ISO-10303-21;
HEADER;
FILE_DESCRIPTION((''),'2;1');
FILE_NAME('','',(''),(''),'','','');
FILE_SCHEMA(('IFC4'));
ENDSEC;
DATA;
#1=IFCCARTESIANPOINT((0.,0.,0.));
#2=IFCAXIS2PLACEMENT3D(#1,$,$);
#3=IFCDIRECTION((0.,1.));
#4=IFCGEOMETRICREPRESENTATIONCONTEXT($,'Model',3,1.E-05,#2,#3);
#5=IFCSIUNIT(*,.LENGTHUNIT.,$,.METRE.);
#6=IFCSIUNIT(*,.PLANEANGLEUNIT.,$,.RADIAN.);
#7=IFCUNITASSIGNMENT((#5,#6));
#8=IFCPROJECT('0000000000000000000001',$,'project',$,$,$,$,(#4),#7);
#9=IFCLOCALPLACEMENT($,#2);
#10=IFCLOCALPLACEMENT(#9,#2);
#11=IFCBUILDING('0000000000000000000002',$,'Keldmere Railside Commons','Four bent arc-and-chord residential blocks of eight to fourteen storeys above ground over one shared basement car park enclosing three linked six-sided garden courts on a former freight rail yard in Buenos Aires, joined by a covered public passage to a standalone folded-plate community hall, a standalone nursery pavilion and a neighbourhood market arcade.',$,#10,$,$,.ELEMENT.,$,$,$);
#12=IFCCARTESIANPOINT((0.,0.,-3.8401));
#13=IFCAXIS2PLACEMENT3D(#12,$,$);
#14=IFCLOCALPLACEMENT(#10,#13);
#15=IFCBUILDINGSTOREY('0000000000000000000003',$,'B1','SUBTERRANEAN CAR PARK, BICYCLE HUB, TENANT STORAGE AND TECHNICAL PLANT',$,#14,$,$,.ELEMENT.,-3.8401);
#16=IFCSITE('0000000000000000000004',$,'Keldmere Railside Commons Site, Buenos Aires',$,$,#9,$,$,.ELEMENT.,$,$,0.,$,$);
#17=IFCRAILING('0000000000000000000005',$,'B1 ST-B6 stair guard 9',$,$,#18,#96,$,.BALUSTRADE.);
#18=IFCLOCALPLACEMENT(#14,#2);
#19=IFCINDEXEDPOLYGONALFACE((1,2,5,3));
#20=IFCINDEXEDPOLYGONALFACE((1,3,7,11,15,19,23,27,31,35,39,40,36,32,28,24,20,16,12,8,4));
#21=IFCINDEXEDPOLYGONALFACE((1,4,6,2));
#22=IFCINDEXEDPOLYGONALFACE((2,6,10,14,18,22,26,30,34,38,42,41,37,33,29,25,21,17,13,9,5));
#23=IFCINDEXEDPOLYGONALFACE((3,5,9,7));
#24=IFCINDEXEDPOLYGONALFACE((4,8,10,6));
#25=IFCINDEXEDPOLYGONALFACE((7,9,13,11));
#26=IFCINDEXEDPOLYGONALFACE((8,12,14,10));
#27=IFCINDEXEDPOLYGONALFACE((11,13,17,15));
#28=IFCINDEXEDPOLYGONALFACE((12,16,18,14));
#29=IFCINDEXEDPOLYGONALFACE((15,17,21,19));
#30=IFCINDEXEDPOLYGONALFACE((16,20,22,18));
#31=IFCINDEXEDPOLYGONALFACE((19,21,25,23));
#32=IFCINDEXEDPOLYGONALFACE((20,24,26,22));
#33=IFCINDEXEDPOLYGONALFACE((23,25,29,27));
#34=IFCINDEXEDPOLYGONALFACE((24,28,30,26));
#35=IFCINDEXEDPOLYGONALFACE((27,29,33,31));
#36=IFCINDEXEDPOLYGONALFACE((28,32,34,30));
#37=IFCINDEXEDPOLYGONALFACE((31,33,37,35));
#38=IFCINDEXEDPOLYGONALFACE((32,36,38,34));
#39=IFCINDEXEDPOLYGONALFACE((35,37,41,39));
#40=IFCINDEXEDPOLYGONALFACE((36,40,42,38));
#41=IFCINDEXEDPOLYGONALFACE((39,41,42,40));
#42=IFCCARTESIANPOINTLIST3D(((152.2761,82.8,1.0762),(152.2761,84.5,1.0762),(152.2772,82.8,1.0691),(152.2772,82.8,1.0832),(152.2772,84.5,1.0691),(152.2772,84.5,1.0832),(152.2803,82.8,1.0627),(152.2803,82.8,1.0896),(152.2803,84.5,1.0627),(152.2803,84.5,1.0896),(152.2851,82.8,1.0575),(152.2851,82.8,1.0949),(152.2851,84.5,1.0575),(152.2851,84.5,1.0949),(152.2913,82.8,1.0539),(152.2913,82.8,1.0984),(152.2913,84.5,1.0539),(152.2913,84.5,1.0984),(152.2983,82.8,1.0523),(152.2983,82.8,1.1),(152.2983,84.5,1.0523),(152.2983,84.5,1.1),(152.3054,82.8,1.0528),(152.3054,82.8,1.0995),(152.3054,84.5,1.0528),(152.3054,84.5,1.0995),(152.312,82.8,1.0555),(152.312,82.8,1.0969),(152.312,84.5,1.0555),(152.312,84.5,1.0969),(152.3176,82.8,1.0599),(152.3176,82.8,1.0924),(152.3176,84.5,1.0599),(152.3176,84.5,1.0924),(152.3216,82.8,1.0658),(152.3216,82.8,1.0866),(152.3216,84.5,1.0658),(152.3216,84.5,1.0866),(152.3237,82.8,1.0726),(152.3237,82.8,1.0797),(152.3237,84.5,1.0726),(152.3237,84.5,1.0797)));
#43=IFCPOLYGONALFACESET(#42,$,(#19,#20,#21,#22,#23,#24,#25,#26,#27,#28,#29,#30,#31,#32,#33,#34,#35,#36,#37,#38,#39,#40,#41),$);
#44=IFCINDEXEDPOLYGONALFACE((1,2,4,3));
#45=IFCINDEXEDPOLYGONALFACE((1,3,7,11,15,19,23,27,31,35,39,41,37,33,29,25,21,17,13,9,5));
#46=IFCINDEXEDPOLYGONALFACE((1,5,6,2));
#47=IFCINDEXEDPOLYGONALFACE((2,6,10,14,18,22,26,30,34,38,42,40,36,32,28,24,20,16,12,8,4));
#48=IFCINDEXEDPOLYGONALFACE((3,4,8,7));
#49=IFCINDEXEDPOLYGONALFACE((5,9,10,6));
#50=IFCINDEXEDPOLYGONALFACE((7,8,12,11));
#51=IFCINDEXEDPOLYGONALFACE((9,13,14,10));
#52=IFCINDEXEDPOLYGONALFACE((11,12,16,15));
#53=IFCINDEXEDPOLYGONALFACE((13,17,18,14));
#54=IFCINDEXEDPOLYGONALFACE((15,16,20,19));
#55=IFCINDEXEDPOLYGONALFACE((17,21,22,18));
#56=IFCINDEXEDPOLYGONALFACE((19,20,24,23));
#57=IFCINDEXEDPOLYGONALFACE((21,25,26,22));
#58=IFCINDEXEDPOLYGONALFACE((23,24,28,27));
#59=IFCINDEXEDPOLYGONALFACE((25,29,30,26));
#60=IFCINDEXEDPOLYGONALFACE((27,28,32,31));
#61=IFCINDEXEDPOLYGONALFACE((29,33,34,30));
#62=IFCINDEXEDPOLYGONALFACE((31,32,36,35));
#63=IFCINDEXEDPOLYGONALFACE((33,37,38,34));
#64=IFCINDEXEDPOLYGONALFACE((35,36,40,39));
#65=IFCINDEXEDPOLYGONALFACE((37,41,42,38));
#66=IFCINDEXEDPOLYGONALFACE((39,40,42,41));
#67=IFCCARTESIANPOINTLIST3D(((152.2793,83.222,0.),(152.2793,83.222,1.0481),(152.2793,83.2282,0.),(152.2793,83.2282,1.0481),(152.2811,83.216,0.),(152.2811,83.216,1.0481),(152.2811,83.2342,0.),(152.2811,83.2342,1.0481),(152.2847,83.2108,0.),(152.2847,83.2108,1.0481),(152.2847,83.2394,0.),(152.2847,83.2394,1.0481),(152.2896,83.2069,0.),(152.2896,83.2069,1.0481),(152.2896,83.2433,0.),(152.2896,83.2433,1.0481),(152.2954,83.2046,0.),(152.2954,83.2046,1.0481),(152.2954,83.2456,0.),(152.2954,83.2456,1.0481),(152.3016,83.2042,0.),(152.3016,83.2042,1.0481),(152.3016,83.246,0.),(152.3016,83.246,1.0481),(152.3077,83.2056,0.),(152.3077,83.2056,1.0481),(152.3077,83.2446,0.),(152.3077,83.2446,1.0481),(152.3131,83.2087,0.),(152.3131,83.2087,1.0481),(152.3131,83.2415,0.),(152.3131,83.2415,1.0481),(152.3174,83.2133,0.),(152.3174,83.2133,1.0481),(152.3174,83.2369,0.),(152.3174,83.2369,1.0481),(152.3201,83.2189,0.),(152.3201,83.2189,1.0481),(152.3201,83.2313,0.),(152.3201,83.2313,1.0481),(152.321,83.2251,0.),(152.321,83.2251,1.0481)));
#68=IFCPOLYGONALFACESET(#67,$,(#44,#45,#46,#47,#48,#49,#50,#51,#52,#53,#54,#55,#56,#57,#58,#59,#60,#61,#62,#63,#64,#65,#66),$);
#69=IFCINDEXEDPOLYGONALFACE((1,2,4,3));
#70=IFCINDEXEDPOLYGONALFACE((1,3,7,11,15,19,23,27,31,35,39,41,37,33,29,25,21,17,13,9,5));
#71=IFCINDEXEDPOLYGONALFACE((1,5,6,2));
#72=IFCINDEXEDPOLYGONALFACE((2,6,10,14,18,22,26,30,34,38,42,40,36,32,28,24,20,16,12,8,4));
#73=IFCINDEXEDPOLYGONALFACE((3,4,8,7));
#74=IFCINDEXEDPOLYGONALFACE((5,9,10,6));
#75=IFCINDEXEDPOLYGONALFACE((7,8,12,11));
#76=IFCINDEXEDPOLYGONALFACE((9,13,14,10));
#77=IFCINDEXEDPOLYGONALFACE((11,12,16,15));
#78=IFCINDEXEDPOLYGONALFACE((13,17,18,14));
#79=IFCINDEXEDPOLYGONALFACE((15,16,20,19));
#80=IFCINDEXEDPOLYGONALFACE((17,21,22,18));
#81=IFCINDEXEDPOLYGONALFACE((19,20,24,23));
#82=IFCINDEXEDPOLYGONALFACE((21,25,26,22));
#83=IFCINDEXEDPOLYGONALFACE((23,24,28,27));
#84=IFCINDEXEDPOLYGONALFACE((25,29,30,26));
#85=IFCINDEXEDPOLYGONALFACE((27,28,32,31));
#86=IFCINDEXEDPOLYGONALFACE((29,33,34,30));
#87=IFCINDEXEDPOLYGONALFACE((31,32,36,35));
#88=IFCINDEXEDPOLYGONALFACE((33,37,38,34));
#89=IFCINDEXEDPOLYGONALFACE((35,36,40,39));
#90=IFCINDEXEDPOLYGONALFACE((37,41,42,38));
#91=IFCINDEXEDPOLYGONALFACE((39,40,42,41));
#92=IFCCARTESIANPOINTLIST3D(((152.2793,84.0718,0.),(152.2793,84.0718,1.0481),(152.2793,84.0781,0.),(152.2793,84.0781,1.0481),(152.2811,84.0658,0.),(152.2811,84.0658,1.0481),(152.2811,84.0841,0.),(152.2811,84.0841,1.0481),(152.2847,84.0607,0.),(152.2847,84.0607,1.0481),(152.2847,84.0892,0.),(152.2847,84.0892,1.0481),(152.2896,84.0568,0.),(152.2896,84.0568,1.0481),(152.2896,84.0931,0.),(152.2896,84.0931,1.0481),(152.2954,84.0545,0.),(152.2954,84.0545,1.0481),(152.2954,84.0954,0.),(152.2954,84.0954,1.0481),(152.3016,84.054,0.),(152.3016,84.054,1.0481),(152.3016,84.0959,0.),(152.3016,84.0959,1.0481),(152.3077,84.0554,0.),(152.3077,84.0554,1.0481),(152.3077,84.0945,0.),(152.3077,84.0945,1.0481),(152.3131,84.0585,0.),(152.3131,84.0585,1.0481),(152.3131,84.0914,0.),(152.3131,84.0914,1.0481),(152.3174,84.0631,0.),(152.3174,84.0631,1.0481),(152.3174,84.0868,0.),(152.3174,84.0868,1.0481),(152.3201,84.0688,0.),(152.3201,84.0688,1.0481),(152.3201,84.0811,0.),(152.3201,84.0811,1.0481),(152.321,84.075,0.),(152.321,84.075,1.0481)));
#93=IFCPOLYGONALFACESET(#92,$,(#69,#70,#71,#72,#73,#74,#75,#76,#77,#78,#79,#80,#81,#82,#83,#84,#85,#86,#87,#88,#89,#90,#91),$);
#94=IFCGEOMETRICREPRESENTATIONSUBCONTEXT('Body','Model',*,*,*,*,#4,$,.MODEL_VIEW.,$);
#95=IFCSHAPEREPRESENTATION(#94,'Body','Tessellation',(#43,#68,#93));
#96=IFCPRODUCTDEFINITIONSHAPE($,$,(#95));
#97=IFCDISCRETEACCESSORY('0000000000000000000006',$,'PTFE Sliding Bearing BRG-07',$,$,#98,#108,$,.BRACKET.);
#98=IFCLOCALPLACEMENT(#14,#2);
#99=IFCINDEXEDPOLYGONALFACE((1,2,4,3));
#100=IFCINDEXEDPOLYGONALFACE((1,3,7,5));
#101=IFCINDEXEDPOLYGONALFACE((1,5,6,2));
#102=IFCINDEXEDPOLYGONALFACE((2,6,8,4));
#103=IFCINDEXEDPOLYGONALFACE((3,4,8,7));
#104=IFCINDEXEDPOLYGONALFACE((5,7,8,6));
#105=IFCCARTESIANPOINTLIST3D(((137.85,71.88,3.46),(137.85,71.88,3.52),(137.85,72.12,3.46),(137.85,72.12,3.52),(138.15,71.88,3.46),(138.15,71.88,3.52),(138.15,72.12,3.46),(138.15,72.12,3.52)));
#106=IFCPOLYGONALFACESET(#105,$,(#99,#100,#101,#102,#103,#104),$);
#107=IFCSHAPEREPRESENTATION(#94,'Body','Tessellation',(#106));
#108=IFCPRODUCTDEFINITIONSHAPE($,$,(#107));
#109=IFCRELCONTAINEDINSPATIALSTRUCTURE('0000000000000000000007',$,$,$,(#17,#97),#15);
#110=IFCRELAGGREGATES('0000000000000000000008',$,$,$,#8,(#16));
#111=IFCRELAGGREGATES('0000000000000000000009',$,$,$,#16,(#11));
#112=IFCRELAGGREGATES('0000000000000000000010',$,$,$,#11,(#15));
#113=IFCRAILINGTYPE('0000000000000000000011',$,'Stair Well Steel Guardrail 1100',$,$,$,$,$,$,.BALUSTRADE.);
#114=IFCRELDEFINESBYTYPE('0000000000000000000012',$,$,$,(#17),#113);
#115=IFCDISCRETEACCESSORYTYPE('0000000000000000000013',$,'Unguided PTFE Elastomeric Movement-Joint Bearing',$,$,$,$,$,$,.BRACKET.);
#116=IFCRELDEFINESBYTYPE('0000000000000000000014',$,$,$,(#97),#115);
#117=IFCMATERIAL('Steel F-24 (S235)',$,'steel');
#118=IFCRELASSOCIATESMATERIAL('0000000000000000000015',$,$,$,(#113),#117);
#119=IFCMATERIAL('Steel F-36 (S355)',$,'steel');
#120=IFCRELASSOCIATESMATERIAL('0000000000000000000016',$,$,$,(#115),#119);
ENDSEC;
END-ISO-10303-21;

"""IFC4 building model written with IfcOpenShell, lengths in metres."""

from ifc_helpers import new_model, si_unit, direction, frame, origin, origin_2d, place, context, subcontext, project, spatial, rectangle, circle, extrude, material, type_object, element, save


model = new_model("IFC4")

# Units and contexts
model_context = context("Model", 3, precision=1e-05, world=origin(), true_north=direction((0.0, 1.0)))
body_context = subcontext(model_context, "Body", "Model", "MODEL_VIEW")
ifc_project = project(units=[si_unit("LENGTHUNIT", "METRE"), si_unit("PLANEANGLEUNIT", "RADIAN")], contexts=[model_context])

# Site, building, storey
site_placement = place(None, origin())
site = spatial("IfcSite", under=ifc_project, at=site_placement, Name="Keldmere Railside Commons Site, Buenos Aires", CompositionType="ELEMENT", RefElevation=0.0)
building_placement = place(site_placement, origin())
building = spatial("IfcBuilding", under=site, at=building_placement, Name="Keldmere Railside Commons", Description="Four bent arc-and-chord residential blocks of eight to fourteen storeys above ground over one shared basement car park enclosing three linked six-sided garden courts on a former freight rail yard in Buenos Aires, joined by a covered public passage to a standalone folded-plate community hall, a standalone nursery pavilion and a neighbourhood market arcade.", CompositionType="ELEMENT")
storey_placement = place(building_placement, frame((0.0, 0.0, -3.8401)))
storey = spatial("IfcBuildingStorey", under=building, at=storey_placement, Name="B1", Description="SUBTERRANEAN CAR PARK, BICYCLE HUB, TENANT STORAGE AND TECHNICAL PLANT", CompositionType="ELEMENT", Elevation=-3.8401)

# Shared definitions
ifc_material_1 = material(Name="Steel F-24 (S235)", Category="steel")

# Railing
railing_type = type_object("IfcRailingType", Name="Stair Well Steel Guardrail 1100", PredefinedType="BALUSTRADE", material=ifc_material_1)
railing_1_placement = place(storey_placement, frame((152.3, 82.8, 0.0)))
element("IfcRailing", 1, at=railing_1_placement, inside=storey, type_object=railing_type, Name="B1 ST-B6 stair guard 9", PredefinedType="BALUSTRADE", context=body_context, shape_type="SweptSolid", body=[
    extrude(circle(Radius=0.0239, at=origin_2d()), frame((0.0, 0.0, 1.0762), z_axis=(0.0, 1.0, 0.0), x_axis=(-1.0, 0.0, 0.0)), (0.0, 0.0, 1.0), 1.7),
    extrude(circle(Radius=0.021, at=origin_2d()), frame((0.0, 0.425, 0.0)), (0.0, 0.0, 1.0), 1.0481),
    extrude(circle(Radius=0.021, at=origin_2d()), frame((0.0, 1.2749, 0.0)), (0.0, 0.0, 1.0), 1.0481),
])

# Discrete accessory
ifc_material_2 = material(Name="Steel F-36 (S355)", Category="steel")
discrete_accessory_type = type_object("IfcDiscreteAccessoryType", Name="Unguided PTFE Elastomeric Movement-Joint Bearing", PredefinedType="BRACKET", material=ifc_material_2)
discrete_accessory_placement = place(storey_placement, frame((138.0, 72.0, 3.46), z_axis=(0.0, 0.0, 1.0), x_axis=(1.0, 0.0, 0.0)))
element("IfcDiscreteAccessory", 2, at=discrete_accessory_placement, inside=storey, type_object=discrete_accessory_type, Name="PTFE Sliding Bearing BRG-07", PredefinedType="BRACKET", context=body_context, shape_type="SweptSolid", body=[
    extrude(rectangle(XDim=0.3, YDim=0.24, at=origin_2d()), origin(), (0.0, 0.0, 1.0), 0.0601),
])

save(model, "model.ifc")
